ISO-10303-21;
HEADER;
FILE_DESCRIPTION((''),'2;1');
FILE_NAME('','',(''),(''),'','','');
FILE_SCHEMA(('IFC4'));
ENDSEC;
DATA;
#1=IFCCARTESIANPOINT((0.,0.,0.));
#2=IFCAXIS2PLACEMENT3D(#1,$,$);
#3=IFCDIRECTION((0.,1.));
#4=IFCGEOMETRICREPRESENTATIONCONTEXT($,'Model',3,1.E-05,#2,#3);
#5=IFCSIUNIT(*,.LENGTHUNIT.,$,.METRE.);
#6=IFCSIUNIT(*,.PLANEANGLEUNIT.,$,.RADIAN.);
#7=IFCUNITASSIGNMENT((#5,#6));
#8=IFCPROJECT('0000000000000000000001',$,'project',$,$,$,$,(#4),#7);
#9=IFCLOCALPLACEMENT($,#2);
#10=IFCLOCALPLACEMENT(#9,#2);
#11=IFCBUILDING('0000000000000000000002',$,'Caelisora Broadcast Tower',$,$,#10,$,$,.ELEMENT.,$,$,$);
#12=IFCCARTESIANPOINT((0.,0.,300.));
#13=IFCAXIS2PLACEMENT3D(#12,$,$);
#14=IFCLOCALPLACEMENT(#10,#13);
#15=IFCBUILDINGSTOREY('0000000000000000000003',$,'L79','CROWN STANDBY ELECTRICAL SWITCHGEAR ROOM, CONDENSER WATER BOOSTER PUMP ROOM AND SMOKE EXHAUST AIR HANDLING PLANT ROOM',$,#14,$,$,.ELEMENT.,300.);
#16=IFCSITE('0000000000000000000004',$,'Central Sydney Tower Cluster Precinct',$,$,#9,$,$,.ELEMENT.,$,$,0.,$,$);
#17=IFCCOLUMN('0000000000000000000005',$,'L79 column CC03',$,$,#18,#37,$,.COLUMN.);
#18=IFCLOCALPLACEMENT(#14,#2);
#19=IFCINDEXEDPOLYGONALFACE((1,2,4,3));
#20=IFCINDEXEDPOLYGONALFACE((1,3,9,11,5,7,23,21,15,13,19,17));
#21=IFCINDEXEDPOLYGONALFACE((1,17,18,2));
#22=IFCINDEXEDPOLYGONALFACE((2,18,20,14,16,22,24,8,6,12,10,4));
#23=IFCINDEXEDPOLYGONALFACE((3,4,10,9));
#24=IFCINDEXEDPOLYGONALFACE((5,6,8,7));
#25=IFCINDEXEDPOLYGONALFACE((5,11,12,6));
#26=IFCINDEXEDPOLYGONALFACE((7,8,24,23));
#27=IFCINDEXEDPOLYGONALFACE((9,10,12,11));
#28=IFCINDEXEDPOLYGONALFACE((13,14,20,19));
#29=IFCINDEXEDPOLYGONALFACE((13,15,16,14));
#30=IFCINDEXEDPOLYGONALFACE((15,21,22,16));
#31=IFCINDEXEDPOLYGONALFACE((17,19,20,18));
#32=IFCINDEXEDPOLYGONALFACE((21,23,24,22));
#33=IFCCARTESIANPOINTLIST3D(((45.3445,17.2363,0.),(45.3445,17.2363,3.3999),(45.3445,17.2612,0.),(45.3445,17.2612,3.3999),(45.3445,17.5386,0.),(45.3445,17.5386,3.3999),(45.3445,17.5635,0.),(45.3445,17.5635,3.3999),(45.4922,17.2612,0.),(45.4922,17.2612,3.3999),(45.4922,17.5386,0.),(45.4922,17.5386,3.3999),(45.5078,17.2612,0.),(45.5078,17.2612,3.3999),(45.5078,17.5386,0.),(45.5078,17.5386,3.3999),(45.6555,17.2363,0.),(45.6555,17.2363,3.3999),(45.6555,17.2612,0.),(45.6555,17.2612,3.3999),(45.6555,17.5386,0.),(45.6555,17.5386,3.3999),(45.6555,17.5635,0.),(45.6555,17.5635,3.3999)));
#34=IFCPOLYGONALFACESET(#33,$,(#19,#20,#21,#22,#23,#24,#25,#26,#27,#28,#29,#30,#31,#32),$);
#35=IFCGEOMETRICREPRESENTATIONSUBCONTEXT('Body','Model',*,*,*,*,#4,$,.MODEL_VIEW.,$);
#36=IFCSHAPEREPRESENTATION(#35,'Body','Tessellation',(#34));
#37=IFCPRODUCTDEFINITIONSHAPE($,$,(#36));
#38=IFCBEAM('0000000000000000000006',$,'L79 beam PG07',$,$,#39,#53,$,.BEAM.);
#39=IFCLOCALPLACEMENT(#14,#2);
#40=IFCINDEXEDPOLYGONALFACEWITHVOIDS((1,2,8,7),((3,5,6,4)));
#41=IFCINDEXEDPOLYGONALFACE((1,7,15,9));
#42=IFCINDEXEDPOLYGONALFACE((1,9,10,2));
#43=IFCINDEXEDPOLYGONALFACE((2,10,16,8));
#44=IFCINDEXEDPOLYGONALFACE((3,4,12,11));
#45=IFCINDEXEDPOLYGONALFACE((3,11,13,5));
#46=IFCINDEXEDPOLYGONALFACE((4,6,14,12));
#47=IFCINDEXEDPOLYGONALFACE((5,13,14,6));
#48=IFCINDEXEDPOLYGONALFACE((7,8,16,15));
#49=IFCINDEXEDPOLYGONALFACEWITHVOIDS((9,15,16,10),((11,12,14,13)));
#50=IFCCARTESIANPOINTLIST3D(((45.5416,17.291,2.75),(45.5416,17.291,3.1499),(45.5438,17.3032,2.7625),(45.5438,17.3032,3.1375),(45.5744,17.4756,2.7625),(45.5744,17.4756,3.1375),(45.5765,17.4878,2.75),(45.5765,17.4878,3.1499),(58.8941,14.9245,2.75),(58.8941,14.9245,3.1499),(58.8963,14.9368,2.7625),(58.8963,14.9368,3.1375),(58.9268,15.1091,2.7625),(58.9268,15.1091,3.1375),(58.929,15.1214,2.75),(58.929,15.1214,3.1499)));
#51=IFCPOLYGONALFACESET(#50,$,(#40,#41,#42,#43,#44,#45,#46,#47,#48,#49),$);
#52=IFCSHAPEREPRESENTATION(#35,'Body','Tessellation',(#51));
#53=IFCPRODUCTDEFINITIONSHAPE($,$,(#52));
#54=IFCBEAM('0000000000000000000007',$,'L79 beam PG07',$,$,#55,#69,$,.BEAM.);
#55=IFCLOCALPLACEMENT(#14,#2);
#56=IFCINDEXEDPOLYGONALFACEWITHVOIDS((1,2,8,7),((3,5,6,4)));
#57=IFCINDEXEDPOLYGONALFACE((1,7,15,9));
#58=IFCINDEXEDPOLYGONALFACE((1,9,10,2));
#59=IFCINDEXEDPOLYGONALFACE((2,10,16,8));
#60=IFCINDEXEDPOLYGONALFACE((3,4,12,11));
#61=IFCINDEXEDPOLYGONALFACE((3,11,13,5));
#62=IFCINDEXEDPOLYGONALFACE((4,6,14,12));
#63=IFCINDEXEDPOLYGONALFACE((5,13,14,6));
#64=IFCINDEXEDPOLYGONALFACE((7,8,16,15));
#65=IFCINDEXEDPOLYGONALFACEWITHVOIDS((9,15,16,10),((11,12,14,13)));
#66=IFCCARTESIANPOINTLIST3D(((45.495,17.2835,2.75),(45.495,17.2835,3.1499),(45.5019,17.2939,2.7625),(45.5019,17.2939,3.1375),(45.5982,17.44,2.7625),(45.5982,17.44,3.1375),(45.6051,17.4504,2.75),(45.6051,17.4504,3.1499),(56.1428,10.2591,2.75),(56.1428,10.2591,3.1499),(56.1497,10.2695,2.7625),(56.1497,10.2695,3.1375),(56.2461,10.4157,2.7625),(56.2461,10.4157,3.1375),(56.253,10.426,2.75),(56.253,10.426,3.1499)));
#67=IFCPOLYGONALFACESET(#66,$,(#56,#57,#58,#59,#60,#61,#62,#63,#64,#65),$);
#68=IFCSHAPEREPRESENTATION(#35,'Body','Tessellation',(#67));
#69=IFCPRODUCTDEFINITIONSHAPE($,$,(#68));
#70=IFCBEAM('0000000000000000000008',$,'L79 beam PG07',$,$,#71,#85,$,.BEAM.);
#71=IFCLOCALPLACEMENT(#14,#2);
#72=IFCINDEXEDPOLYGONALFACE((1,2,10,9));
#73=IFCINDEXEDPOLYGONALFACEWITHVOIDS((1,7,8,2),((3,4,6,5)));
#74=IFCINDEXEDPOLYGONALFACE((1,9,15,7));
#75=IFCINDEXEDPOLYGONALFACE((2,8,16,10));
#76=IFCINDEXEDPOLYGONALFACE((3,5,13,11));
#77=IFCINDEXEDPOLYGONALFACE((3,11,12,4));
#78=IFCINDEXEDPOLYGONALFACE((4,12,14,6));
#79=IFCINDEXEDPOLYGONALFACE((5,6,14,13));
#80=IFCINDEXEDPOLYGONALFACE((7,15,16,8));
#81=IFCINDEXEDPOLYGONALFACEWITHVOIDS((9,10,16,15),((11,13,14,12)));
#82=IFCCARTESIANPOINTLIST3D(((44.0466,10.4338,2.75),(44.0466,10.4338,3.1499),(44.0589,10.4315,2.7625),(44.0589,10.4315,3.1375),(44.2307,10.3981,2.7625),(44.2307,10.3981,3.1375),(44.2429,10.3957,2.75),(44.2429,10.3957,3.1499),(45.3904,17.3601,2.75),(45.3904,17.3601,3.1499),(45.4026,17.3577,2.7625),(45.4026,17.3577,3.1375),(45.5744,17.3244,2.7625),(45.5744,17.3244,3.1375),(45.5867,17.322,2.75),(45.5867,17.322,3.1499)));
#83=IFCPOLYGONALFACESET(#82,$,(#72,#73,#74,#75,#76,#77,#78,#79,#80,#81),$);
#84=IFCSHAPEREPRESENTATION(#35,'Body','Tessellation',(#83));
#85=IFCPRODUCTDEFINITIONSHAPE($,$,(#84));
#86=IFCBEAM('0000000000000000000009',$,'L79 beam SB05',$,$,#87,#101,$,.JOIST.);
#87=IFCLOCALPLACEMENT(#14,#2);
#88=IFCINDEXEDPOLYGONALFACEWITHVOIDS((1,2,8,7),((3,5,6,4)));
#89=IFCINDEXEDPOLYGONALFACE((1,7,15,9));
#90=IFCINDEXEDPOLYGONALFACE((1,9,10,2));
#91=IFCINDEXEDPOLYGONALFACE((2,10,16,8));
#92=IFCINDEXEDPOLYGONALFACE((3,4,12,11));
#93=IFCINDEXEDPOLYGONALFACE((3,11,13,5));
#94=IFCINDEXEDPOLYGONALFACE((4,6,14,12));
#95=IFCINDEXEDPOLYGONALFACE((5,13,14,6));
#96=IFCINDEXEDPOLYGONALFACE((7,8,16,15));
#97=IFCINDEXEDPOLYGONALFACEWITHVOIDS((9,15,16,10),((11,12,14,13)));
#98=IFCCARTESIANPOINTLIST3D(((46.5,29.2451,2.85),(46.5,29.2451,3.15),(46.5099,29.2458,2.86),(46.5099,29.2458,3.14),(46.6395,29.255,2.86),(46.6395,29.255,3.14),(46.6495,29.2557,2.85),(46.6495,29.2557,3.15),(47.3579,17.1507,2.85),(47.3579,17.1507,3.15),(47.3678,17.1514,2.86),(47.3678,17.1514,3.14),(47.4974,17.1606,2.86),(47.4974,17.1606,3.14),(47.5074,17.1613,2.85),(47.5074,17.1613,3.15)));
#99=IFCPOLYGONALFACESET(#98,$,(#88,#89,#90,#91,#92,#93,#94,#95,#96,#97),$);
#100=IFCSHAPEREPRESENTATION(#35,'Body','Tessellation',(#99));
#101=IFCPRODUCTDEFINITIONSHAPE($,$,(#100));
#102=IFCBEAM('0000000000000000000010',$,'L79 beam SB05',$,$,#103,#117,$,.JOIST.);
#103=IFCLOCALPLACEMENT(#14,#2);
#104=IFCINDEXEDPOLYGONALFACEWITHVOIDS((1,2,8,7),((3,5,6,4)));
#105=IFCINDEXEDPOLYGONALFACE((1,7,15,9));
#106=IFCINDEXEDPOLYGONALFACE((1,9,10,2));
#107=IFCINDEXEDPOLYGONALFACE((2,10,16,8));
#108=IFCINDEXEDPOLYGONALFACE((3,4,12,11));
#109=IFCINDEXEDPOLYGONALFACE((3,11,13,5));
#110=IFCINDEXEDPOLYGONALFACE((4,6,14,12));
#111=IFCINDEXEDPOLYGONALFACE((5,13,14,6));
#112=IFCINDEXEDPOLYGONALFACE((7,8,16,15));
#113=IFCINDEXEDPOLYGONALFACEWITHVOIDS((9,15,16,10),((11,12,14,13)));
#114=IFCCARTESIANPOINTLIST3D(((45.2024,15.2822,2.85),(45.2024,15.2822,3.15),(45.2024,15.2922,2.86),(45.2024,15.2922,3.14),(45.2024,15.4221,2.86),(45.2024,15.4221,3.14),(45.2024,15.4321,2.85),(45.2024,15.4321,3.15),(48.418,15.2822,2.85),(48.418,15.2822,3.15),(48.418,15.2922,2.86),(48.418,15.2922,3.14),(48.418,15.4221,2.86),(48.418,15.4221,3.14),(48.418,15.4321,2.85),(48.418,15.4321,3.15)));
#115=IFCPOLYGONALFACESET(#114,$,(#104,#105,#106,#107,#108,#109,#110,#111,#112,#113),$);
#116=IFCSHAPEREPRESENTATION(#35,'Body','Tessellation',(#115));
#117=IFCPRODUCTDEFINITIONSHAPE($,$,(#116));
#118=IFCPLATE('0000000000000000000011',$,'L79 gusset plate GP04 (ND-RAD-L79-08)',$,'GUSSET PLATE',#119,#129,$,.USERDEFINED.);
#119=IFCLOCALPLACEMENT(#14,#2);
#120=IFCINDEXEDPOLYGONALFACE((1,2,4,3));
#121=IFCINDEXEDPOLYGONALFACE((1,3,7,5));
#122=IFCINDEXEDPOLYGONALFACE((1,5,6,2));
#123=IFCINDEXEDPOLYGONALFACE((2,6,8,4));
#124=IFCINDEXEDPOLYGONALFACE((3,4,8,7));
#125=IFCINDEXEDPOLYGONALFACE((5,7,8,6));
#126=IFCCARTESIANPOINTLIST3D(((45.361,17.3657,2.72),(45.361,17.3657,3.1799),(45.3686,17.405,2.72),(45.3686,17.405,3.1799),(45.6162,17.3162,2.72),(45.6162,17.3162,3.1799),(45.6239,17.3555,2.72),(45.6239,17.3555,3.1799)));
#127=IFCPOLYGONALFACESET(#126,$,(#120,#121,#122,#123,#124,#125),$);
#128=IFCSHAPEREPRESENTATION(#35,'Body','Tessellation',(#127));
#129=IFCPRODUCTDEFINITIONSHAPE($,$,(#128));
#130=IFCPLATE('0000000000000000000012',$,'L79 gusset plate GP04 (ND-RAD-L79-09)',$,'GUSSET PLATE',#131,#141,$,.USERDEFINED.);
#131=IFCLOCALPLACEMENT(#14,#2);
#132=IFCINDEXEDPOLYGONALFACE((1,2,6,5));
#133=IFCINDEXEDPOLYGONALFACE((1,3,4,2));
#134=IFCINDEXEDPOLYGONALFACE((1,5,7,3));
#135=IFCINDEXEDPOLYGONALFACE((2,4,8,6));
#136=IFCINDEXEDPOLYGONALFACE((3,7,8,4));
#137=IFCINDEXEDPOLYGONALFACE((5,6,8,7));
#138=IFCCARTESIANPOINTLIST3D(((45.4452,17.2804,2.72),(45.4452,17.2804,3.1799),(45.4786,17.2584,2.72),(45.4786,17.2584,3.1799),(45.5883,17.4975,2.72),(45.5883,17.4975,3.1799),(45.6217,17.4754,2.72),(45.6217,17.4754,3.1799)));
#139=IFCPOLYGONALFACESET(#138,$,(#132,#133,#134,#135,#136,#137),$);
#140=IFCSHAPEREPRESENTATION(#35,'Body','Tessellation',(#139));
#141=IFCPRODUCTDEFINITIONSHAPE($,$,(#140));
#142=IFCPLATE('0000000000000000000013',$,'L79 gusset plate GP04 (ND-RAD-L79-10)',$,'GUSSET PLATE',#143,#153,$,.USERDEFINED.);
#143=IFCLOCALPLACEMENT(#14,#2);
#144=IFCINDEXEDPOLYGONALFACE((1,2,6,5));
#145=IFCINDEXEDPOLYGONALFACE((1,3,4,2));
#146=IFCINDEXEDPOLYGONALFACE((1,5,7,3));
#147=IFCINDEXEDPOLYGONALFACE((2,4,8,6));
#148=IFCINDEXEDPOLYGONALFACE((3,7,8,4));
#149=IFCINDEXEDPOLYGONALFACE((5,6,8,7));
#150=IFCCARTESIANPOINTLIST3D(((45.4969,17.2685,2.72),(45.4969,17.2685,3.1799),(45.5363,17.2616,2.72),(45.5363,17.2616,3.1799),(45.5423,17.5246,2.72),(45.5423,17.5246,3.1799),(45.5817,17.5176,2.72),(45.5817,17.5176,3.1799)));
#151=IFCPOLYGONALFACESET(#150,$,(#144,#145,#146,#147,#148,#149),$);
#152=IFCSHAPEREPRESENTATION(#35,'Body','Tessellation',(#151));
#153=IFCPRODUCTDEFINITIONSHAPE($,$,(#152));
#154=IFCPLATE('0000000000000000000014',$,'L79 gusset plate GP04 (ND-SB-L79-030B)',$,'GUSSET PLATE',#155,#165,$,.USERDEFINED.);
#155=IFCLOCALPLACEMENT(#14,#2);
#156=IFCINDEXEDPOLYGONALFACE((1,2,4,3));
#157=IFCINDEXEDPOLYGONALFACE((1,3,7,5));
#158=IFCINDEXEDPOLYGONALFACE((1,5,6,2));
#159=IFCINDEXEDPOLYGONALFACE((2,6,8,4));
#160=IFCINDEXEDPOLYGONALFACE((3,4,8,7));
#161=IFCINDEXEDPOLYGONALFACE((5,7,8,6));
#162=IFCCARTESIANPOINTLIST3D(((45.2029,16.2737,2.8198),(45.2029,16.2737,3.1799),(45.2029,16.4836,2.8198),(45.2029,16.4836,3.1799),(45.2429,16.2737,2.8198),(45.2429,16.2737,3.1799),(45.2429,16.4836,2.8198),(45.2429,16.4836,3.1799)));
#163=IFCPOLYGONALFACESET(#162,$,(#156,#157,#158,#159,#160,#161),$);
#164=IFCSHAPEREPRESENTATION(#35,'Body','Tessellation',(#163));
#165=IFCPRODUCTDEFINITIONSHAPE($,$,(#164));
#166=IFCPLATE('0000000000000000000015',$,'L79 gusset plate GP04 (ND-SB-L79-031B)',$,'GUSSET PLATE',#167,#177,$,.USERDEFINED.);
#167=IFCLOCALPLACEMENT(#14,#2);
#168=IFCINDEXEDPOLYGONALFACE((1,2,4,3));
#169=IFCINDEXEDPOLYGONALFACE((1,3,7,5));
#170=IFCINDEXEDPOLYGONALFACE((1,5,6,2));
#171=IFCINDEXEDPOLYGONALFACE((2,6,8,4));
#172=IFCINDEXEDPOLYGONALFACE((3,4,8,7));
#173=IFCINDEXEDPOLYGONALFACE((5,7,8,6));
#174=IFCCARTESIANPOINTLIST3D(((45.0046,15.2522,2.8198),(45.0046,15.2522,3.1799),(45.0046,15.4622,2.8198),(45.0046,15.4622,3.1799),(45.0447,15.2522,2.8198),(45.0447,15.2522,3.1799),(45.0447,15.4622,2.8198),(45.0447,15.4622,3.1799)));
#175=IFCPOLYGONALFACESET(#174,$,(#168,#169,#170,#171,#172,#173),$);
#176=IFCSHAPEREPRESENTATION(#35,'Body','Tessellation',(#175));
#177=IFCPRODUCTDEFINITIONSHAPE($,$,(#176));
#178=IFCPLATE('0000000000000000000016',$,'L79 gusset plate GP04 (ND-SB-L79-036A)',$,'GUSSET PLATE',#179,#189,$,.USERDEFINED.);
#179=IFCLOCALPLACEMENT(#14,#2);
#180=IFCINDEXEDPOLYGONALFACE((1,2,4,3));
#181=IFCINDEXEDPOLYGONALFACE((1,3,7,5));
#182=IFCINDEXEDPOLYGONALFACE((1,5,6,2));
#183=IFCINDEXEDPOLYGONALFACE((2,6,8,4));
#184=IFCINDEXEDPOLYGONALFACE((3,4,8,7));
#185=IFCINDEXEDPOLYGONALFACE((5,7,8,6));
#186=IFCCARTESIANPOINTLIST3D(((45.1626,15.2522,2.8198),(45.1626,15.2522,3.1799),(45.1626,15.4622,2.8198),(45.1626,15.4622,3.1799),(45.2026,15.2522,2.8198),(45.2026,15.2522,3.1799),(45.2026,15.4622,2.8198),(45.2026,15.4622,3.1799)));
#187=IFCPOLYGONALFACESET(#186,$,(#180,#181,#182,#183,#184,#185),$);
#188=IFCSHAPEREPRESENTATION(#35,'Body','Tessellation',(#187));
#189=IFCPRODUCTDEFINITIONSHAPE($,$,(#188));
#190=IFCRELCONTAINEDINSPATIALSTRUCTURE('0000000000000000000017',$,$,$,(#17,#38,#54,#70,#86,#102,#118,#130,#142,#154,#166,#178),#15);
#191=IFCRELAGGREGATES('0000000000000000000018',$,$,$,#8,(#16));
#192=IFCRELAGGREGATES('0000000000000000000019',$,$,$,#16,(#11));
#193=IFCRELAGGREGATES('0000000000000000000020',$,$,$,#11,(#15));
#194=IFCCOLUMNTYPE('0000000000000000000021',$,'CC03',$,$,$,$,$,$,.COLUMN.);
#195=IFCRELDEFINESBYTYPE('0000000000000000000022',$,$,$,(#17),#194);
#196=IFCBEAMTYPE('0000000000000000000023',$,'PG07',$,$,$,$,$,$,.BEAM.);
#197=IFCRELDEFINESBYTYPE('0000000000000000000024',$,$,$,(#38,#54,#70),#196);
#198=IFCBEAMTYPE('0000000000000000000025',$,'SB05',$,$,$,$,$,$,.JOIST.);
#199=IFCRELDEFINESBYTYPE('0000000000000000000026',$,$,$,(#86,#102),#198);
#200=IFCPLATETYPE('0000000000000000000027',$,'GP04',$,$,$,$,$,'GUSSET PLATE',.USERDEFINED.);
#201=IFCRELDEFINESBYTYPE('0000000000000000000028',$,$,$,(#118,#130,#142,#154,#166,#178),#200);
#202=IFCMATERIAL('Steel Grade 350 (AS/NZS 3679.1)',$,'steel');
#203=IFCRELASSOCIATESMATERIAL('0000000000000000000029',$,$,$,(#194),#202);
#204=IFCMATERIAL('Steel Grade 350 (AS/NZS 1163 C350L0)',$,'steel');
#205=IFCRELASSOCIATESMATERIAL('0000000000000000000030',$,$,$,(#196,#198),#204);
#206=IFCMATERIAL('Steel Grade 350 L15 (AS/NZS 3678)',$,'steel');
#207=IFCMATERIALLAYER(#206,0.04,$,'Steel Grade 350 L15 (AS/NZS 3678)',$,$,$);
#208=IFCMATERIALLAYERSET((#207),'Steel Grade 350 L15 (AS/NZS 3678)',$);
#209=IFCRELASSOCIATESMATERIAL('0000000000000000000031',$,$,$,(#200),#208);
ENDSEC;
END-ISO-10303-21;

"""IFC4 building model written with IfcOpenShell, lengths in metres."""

from ifc_helpers import new_model, si_unit, direction, frame, origin, origin_2d, place, context, subcontext, project, spatial, rectangle, hollow_rectangle, i_section, extrude, source, transform, mapped, material, layer, layer_set, material_profile, profile_set, type_object, type_shapes, element, save


model = new_model("IFC4")

# Units and contexts
model_context = context("Model", 3, precision=1e-05, world=origin(), true_north=direction((0.0, 1.0)))
body_context = subcontext(model_context, "Body", "Model", "MODEL_VIEW")
ifc_project = project(units=[si_unit("LENGTHUNIT", "METRE"), si_unit("PLANEANGLEUNIT", "RADIAN")], contexts=[model_context])

# Site, building, storey
site_placement = place(None, origin())
site = spatial("IfcSite", under=ifc_project, at=site_placement, Name="Central Sydney Tower Cluster Precinct", CompositionType="ELEMENT", RefElevation=0.0)
building_placement = place(site_placement, origin())
building = spatial("IfcBuilding", under=site, at=building_placement, Name="Caelisora Broadcast Tower", CompositionType="ELEMENT")
storey_placement = place(building_placement, frame((0.0, 0.0, 300.0)))
storey = spatial("IfcBuildingStorey", under=building, at=storey_placement, Name="L79", Description="CROWN STANDBY ELECTRICAL SWITCHGEAR ROOM, CONDENSER WATER BOOSTER PUMP ROOM AND SMOKE EXHAUST AIR HANDLING PLANT ROOM", CompositionType="ELEMENT", Elevation=300.0)

# Column
ifc_material_1 = material(Name="Steel Grade 350 (AS/NZS 3679.1)", Category="steel")
ifc_material_profile_1 = material_profile(ifc_material_1, i_section(OverallWidth=0.311, OverallDepth=0.3271, WebThickness=0.0156, FlangeThickness=0.0249, at=origin_2d()), Name="Steel Grade 350 (AS/NZS 3679.1)")
ifc_profile_set_1 = profile_set([ifc_material_profile_1], Name="Steel Grade 350 (AS/NZS 3679.1)")
column_type = type_object("IfcColumnType", Name="CC03", PredefinedType="COLUMN", material=ifc_profile_set_1)
shared_shape_1 = source(origin(), body_context, "Body", "SweptSolid", [
    extrude(i_section(OverallWidth=0.311, OverallDepth=0.3271, WebThickness=0.0156, FlangeThickness=0.0249, at=origin_2d()), origin(), (0.0, 0.0, 1.0), 3.3999),
])
type_shapes(column_type, [shared_shape_1])
column_placement = place(storey_placement, frame((45.5, 17.3999, 0.0), z_axis=(0.0, 0.0, 1.0), x_axis=(1.0, 0.0, 0.0)))
element("IfcColumn", 1, at=column_placement, inside=storey, type_object=column_type, Name="L79 column CC03", PredefinedType="COLUMN", context=body_context, shape_type="MappedRepresentation", body=[
    mapped(shared_shape_1, transform((0.0, 0.0, 0.0), scale=1.0)),
])

# Beams
ifc_material_2 = material(Name="Steel Grade 350 (AS/NZS 1163 C350L0)", Category="steel")
ifc_material_profile_2 = material_profile(ifc_material_2, hollow_rectangle(XDim=0.2, YDim=0.3999, WallThickness=0.0125, at=origin_2d()), Name="Steel Grade 350 (AS/NZS 1163 C350L0)")
ifc_profile_set_2 = profile_set([ifc_material_profile_2], Name="Steel Grade 350 (AS/NZS 1163 C350L0)")
beam_type_1 = type_object("IfcBeamType", Name="PG07", PredefinedType="BEAM", material=ifc_profile_set_2)
shared_shape_2 = source(origin(), body_context, "Body", "SweptSolid", [
    extrude(hollow_rectangle(XDim=0.2, YDim=0.3999, WallThickness=0.0125, at=origin_2d()), origin(), (0.0, 0.0, 1.0), 13.5605),
])
beam_1_placement = place(storey_placement, frame((45.5591, 17.3894, 2.95), z_axis=(0.984656, -0.174509, 0.0), x_axis=(0.174509, 0.984656, 0.0)))
element("IfcBeam", 2, at=beam_1_placement, inside=storey, type_object=beam_type_1, Name="L79 beam PG07", PredefinedType="BEAM", context=body_context, shape_type="MappedRepresentation", body=[
    mapped(shared_shape_2, transform((0.0, 0.0, 0.0), scale=1.0)),
])
shared_shape_3 = source(origin(), body_context, "Body", "SweptSolid", [
    extrude(hollow_rectangle(XDim=0.2, YDim=0.3999, WallThickness=0.0125, at=origin_2d()), origin(), (0.0, 0.0, 1.0), 12.7561),
])
beam_2_placement = place(storey_placement, frame((45.55, 17.3669, 2.95), z_axis=(0.834726, -0.550666, 0.0), x_axis=(0.550666, 0.834726, 0.0)))
element("IfcBeam", 3, at=beam_2_placement, inside=storey, type_object=beam_type_1, Name="L79 beam PG07", PredefinedType="BEAM", context=body_context, shape_type="MappedRepresentation", body=[
    mapped(shared_shape_3, transform((0.0, 0.0, 0.0), scale=1.0)),
])
shared_shape_4 = source(origin(), body_context, "Body", "SweptSolid", [
    extrude(hollow_rectangle(XDim=0.2, YDim=0.3999, WallThickness=0.0125, at=origin_2d()), origin(), (0.0, 0.0, 1.0), 7.0554),
])
type_shapes(beam_type_1, [shared_shape_2, shared_shape_3, shared_shape_4])
beam_3_placement = place(storey_placement, frame((45.4885, 17.3411, 2.95), z_axis=(-0.190457, -0.981696, 0.0), x_axis=(0.981696, -0.190457, 0.0)))
element("IfcBeam", 4, at=beam_3_placement, inside=storey, type_object=beam_type_1, Name="L79 beam PG07", PredefinedType="BEAM", context=body_context, shape_type="MappedRepresentation", body=[
    mapped(shared_shape_4, transform((0.0, 0.0, 0.0), scale=1.0)),
])
ifc_material_profile_3 = material_profile(ifc_material_2, hollow_rectangle(XDim=0.1499, YDim=0.3, WallThickness=0.01, at=origin_2d()), Name="Steel Grade 350 (AS/NZS 1163 C350L0)")
ifc_profile_set_3 = profile_set([ifc_material_profile_3], Name="Steel Grade 350 (AS/NZS 1163 C350L0)")
beam_type_2 = type_object("IfcBeamType", Name="SB05", PredefinedType="JOIST", material=ifc_profile_set_3)
shared_shape_5 = source(origin(), body_context, "Body", "SweptSolid", [
    extrude(hollow_rectangle(XDim=0.1499, YDim=0.3, WallThickness=0.01, at=origin_2d()), origin(), (0.0, 0.0, 1.0), 12.1248),
])
beam_4_placement = place(storey_placement, frame((47.4326, 17.156, 3.0), z_axis=(-0.070756, 0.997494, 0.0), x_axis=(-0.997494, -0.070756, 0.0)))
element("IfcBeam", 5, at=beam_4_placement, inside=storey, type_object=beam_type_2, Name="L79 beam SB05", PredefinedType="JOIST", context=body_context, shape_type="MappedRepresentation", body=[
    mapped(shared_shape_5, transform((0.0, 0.0, 0.0), scale=1.0)),
])
shared_shape_6 = source(origin(), body_context, "Body", "SweptSolid", [
    extrude(hollow_rectangle(XDim=0.1499, YDim=0.3, WallThickness=0.01, at=origin_2d()), origin(), (0.0, 0.0, 1.0), 3.2156),
])
type_shapes(beam_type_2, [shared_shape_5, shared_shape_6])
beam_5_placement = place(storey_placement, frame((45.2024, 15.3572, 3.0), z_axis=(1.0, 0.0, 0.0), x_axis=(0.0, 1.0, 0.0)))
element("IfcBeam", 6, at=beam_5_placement, inside=storey, type_object=beam_type_2, Name="L79 beam SB05", PredefinedType="JOIST", context=body_context, shape_type="MappedRepresentation", body=[
    mapped(shared_shape_6, transform((0.0, 0.0, 0.0), scale=1.0)),
])

# Plates
ifc_material_3 = material(Name="Steel Grade 350 L15 (AS/NZS 3678)", Category="steel")
ifc_layer_1 = layer(ifc_material_3, 0.04, Name="Steel Grade 350 L15 (AS/NZS 3678)")
ifc_layer_set_1 = layer_set([ifc_layer_1], Name="Steel Grade 350 L15 (AS/NZS 3678)")
plate_type = type_object("IfcPlateType", Name="GP04", ElementType="GUSSET PLATE", PredefinedType="USERDEFINED", material=ifc_layer_set_1)
shared_shape_7 = source(origin(), body_context, "Body", "SweptSolid", [
    extrude(rectangle(XDim=0.26, YDim=0.04, at=origin_2d()), origin(), (0.0, 0.0, 1.0), 0.46),
])
for number, where, z_axis, x_axis, name in (
    (7, (45.4924, 17.3606, 2.72), (0.0, 0.0, 1.0), (0.981694, -0.190466, 0.0), "L79 gusset plate GP04 (ND-RAD-L79-08)"),
    (8, (45.5334, 17.3779, 2.72), (0.0, 0.0, 1.0), (0.550626, 0.834752, 0.0), "L79 gusset plate GP04 (ND-RAD-L79-09)"),
    (9, (45.5393, 17.3931, 2.72), (0.0, 0.0, 1.0), (0.174508, 0.984656, 0.0), "L79 gusset plate GP04 (ND-RAD-L79-10)"),
):
    element("IfcPlate", number, at=place(storey_placement, frame(where, z_axis=z_axis, x_axis=x_axis)), inside=storey, type_object=plate_type, Name=name, ObjectType="GUSSET PLATE", PredefinedType="USERDEFINED", context=body_context, shape_type="MappedRepresentation", body=[
        mapped(shared_shape_7, transform((0.0, 0.0, 0.0), scale=1.0)),
    ])
shared_shape_8 = source(origin(), body_context, "Body", "SweptSolid", [
    extrude(rectangle(XDim=0.21, YDim=0.04, at=origin_2d()), origin(), (0.0, 0.0, 1.0), 0.3601),
])
type_shapes(plate_type, [shared_shape_7, shared_shape_8])
for number, where, z_axis, x_axis, name in (
    (10, (45.2229, 16.3787, 2.8198), (0.0, 0.0, 1.0), (0.0, 1.0, 0.0), "L79 gusset plate GP04 (ND-SB-L79-030B)"),
    (11, (45.0247, 15.3572, 2.8198), (0.0, 0.0, 1.0), (0.0, 1.0, 0.0), "L79 gusset plate GP04 (ND-SB-L79-031B)"),
    (12, (45.1826, 15.3572, 2.8198), (0.0, 0.0, 1.0), (0.0, 1.0, 0.0), "L79 gusset plate GP04 (ND-SB-L79-036A)"),
):
    element("IfcPlate", number, at=place(storey_placement, frame(where, z_axis=z_axis, x_axis=x_axis)), inside=storey, type_object=plate_type, Name=name, ObjectType="GUSSET PLATE", PredefinedType="USERDEFINED", context=body_context, shape_type="MappedRepresentation", body=[
        mapped(shared_shape_8, transform((0.0, 0.0, 0.0), scale=1.0)),
    ])

save(model, "model.ifc")
